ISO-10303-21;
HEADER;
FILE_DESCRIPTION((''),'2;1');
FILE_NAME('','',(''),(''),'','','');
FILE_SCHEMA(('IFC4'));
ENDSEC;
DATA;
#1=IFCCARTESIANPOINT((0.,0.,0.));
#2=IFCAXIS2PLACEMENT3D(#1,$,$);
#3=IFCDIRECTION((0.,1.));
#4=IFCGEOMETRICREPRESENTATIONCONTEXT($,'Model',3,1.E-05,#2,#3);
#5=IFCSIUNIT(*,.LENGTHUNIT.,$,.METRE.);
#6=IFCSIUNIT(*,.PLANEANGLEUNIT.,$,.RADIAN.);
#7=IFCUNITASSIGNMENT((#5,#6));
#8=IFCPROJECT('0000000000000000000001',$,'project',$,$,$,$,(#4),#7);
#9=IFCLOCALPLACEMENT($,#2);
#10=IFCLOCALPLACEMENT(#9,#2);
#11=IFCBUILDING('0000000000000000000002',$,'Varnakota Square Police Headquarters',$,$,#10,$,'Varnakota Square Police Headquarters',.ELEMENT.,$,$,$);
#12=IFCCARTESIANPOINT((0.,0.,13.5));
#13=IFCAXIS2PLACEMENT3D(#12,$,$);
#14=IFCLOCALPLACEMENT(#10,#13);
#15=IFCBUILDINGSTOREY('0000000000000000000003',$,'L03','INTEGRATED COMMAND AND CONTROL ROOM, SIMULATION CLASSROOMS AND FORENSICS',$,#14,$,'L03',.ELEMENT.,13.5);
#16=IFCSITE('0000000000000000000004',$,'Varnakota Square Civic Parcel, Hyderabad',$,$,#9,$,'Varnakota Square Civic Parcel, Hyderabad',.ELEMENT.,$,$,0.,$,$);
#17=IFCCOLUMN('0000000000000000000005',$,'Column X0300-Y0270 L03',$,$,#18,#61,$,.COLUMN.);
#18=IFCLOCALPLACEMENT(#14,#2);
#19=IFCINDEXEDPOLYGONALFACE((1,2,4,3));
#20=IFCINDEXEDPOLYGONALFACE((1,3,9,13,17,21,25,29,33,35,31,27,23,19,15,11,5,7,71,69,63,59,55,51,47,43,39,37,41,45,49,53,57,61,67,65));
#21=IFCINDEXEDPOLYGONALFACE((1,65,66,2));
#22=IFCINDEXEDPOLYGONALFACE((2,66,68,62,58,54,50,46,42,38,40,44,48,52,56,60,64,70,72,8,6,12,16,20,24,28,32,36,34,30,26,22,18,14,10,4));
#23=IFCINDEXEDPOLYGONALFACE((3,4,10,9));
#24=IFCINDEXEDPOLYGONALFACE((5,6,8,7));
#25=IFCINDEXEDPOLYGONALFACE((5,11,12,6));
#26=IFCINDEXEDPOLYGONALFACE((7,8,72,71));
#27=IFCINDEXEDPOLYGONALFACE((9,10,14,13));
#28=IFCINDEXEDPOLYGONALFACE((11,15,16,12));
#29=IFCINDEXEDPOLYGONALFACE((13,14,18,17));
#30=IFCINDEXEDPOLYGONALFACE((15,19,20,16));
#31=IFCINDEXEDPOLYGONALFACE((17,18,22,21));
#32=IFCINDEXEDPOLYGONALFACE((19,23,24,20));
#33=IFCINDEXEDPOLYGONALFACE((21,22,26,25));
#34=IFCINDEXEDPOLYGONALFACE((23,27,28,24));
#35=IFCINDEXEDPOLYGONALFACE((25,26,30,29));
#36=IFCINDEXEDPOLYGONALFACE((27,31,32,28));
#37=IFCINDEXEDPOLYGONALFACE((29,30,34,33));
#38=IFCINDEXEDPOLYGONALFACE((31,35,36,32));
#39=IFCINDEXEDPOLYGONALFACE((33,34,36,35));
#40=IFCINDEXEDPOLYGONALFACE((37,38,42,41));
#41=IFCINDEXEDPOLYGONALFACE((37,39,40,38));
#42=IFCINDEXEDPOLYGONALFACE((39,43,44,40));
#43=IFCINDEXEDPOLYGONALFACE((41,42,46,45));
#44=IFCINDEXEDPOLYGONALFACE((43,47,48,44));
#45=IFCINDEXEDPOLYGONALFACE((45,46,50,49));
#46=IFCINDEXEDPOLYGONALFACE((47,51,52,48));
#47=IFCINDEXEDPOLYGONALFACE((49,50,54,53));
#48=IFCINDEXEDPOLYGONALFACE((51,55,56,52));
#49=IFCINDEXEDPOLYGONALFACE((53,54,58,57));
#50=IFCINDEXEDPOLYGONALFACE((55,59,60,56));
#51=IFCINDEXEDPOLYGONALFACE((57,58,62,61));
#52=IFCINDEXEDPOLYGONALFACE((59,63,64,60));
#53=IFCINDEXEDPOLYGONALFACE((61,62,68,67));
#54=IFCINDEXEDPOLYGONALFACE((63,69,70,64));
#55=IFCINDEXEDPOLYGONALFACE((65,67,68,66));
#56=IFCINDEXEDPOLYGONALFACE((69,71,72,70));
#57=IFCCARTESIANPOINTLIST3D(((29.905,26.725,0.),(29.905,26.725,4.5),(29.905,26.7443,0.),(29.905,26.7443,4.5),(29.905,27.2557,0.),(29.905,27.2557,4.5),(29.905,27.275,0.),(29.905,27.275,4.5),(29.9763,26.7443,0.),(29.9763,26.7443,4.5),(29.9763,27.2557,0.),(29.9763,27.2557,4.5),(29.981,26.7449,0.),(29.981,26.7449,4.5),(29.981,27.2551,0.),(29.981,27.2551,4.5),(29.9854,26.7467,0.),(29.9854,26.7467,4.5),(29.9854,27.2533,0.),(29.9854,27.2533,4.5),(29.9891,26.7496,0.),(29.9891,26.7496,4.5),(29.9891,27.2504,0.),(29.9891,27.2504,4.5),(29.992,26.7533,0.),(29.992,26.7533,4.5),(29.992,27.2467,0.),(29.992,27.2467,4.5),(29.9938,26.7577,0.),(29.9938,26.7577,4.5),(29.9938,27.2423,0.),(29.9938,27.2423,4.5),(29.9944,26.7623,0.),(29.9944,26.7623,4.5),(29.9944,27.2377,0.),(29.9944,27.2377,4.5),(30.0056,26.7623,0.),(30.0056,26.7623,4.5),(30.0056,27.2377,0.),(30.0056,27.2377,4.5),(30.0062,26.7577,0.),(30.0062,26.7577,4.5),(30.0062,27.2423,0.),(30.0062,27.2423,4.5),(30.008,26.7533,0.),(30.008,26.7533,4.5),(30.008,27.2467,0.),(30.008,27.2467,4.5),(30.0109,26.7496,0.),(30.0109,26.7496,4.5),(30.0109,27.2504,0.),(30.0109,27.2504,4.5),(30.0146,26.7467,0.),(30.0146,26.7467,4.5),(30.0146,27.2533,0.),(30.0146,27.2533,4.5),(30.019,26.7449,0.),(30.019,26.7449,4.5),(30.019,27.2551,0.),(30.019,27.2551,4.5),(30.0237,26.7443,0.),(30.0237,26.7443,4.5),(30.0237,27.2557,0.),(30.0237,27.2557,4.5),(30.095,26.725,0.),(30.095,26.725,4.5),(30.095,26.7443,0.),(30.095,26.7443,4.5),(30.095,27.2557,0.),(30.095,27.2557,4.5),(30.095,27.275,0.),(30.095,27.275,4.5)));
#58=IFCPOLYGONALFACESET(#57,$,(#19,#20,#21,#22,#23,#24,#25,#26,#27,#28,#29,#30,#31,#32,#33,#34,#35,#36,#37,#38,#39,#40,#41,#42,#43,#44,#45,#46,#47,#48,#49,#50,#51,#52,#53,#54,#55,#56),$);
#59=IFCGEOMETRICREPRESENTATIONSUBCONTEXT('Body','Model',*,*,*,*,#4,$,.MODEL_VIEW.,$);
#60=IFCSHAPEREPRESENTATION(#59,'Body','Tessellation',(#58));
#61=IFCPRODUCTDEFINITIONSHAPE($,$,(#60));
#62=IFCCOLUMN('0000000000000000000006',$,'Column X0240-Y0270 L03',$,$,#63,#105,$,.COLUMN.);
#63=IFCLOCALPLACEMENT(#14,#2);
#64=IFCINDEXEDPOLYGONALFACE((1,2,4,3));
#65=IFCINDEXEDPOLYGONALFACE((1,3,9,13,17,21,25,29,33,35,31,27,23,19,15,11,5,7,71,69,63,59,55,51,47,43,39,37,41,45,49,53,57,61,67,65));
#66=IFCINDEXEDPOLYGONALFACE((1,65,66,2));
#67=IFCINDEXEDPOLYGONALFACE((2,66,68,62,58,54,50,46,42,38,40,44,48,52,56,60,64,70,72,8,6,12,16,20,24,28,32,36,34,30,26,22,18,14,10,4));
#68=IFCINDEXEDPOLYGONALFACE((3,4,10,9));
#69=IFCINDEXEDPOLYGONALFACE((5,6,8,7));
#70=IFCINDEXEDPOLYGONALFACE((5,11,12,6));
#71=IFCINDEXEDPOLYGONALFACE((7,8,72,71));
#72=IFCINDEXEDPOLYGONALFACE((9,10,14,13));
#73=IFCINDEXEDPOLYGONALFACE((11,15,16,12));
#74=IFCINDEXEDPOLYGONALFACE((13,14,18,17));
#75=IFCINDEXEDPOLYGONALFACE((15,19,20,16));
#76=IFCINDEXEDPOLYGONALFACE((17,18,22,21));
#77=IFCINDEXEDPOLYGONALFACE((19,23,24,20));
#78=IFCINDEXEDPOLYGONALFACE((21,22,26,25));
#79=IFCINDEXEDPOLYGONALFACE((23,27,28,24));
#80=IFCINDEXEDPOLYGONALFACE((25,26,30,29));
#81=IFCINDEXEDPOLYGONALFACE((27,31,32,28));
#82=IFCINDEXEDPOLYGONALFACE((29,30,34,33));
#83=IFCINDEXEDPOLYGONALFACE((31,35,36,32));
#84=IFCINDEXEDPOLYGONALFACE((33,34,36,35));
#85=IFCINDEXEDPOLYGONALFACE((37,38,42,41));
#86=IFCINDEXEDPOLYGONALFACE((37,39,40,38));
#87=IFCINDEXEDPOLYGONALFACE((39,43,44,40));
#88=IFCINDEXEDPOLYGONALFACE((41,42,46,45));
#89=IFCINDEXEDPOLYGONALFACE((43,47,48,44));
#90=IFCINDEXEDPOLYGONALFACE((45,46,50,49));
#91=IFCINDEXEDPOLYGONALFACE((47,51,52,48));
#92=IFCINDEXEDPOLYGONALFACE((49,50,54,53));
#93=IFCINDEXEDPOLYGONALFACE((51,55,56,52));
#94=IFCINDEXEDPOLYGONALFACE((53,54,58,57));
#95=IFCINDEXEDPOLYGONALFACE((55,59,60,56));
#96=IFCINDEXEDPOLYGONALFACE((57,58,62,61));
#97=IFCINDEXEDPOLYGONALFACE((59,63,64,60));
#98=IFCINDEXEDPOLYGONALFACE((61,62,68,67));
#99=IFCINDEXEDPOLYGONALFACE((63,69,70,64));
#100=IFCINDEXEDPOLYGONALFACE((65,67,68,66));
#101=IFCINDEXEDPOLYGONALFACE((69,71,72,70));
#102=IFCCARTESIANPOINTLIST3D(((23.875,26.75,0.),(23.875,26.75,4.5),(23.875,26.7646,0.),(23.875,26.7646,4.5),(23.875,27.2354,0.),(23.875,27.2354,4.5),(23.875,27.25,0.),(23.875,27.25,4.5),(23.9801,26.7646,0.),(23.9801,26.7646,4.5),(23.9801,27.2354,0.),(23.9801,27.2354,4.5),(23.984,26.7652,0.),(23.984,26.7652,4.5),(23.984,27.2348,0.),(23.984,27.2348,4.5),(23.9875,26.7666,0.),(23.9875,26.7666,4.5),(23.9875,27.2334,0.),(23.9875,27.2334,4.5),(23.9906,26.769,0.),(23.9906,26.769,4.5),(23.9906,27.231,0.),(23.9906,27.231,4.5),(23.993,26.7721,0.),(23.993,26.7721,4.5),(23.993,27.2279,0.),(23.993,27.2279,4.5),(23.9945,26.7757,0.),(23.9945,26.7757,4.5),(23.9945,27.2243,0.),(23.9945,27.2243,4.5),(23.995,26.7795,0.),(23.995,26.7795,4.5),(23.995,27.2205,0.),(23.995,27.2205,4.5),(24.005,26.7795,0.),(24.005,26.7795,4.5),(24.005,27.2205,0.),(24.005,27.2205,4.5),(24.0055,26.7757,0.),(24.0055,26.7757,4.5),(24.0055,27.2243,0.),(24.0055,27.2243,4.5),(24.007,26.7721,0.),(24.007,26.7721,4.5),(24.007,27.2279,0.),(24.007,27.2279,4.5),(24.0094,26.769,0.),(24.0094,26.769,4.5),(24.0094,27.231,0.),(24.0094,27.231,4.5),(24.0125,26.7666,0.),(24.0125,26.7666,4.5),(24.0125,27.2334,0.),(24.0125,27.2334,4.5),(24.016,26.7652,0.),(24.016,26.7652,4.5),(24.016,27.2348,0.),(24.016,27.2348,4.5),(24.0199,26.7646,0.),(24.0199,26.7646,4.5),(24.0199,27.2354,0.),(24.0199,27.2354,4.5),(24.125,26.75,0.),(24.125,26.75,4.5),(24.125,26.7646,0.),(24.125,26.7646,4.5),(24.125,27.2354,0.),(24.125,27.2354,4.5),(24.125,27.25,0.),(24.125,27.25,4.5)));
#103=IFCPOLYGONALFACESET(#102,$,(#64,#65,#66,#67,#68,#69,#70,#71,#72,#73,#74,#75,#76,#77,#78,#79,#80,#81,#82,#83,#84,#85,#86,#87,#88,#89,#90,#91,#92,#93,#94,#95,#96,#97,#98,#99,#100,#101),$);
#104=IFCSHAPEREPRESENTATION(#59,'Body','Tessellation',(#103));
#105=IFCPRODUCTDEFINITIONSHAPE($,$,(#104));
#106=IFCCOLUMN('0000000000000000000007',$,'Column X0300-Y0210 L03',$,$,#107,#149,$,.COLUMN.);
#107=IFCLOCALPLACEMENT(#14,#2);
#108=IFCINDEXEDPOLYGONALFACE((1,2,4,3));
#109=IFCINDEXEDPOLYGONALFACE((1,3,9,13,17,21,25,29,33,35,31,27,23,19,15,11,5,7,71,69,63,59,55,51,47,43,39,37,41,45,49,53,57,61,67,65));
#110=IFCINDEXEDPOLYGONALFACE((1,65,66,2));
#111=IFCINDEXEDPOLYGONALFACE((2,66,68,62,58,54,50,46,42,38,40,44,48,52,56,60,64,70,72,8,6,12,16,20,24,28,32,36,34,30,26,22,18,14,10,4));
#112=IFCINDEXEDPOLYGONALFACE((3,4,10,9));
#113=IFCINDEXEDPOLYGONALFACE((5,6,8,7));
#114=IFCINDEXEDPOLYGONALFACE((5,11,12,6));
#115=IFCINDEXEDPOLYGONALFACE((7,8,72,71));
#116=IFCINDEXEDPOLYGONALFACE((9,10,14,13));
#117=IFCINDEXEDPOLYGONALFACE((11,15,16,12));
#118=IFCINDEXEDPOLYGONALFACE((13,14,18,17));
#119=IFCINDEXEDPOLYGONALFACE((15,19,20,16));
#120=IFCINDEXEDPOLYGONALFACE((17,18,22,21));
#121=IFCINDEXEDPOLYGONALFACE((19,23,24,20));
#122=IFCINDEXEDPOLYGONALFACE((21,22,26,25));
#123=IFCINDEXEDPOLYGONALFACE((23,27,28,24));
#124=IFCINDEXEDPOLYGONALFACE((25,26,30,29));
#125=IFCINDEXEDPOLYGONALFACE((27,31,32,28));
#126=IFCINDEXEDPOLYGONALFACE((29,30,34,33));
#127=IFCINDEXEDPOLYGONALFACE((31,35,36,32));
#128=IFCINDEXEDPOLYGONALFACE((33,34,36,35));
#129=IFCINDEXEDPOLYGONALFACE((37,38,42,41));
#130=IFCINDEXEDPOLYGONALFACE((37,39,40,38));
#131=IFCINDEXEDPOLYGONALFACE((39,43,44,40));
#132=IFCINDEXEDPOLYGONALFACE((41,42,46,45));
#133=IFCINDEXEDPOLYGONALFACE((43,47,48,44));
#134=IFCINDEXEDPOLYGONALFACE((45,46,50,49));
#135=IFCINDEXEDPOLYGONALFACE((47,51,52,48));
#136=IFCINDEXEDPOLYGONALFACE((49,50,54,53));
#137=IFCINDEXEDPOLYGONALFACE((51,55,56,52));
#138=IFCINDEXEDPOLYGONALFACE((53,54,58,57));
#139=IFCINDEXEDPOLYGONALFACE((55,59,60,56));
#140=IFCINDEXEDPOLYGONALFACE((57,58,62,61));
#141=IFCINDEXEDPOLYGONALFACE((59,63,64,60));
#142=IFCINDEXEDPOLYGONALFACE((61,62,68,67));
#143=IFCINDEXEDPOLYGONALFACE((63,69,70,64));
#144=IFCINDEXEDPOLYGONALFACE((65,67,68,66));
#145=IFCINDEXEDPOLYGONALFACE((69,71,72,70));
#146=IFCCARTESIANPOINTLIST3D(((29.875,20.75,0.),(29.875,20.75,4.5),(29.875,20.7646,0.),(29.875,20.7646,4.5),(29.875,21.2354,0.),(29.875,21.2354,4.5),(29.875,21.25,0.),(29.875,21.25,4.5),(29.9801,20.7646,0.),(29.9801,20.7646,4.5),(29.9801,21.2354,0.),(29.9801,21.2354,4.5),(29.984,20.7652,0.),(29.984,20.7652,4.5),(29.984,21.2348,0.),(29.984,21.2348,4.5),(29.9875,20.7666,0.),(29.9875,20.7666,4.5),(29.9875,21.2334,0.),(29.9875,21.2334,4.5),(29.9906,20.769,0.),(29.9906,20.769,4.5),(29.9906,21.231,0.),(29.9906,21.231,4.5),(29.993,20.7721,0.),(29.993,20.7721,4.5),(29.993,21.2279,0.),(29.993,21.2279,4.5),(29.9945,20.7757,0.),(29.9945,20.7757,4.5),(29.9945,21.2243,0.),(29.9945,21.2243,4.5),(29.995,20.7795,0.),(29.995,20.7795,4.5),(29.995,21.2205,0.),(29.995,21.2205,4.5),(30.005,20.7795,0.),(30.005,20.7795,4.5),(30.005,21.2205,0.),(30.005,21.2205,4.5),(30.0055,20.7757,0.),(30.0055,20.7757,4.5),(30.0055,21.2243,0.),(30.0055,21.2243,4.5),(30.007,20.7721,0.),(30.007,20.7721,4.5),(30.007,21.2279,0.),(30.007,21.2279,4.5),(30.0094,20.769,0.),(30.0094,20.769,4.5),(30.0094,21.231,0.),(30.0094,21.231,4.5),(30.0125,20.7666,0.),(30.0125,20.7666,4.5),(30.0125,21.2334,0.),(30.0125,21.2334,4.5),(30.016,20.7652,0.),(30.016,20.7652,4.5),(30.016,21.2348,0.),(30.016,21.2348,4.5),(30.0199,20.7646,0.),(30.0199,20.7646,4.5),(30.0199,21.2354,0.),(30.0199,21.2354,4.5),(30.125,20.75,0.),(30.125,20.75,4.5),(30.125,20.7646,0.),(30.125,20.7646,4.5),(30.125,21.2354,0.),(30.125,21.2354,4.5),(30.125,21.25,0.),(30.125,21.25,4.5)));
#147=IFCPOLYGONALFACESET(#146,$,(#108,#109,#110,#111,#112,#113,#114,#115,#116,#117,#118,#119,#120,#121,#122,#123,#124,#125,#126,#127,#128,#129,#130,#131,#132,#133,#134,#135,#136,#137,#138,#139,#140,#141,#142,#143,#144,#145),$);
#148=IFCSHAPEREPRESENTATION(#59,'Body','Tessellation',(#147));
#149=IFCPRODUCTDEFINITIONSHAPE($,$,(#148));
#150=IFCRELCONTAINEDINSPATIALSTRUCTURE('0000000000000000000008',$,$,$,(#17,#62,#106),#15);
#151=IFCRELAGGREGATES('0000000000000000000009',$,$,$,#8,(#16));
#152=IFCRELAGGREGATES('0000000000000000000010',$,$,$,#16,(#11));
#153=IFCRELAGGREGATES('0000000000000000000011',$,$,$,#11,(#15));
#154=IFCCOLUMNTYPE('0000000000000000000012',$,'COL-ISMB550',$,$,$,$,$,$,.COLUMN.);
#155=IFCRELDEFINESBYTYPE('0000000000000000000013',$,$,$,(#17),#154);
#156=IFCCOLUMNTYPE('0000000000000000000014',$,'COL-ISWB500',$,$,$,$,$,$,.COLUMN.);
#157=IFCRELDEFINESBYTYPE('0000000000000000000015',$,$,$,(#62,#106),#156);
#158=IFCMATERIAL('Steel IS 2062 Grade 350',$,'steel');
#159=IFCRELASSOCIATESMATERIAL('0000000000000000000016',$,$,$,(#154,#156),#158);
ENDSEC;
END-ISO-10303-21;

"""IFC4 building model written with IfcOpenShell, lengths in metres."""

from ifc_helpers import new_model, si_unit, direction, frame, origin, origin_2d, place, context, subcontext, project, spatial, i_section, extrude, material, material_profile, profile_set, type_object, element, save


model = new_model("IFC4")

# Units and contexts
model_context = context("Model", 3, precision=1e-05, world=origin(), true_north=direction((0.0, 1.0)))
body_context = subcontext(model_context, "Body", "Model", "MODEL_VIEW")
ifc_project = project(units=[si_unit("LENGTHUNIT", "METRE"), si_unit("PLANEANGLEUNIT", "RADIAN")], contexts=[model_context])

# Site, building, storey
site_placement = place(None, origin())
site = spatial("IfcSite", under=ifc_project, at=site_placement, Name="Varnakota Square Civic Parcel, Hyderabad", LongName="Varnakota Square Civic Parcel, Hyderabad", CompositionType="ELEMENT", RefElevation=0.0)
building_placement = place(site_placement, origin())
building = spatial("IfcBuilding", under=site, at=building_placement, Name="Varnakota Square Police Headquarters", LongName="Varnakota Square Police Headquarters", CompositionType="ELEMENT")
storey_placement = place(building_placement, frame((0.0, 0.0, 13.5)))
storey = spatial("IfcBuildingStorey", under=building, at=storey_placement, Name="L03", Description="INTEGRATED COMMAND AND CONTROL ROOM, SIMULATION CLASSROOMS AND FORENSICS", LongName="L03", CompositionType="ELEMENT", Elevation=13.5)

# Columns
ifc_material_1 = material(Name="Steel IS 2062 Grade 350", Category="steel")
ifc_material_profile_1 = material_profile(ifc_material_1, i_section(OverallWidth=0.1899, OverallDepth=0.55, WebThickness=0.0112, FlangeThickness=0.0193, FilletRadius=0.0181, at=origin_2d()), Name="ISMB 550")
ifc_profile_set_1 = profile_set([ifc_material_profile_1], Name="Steel IS 2062 Grade 350")
column_type_1 = type_object("IfcColumnType", Name="COL-ISMB550", PredefinedType="COLUMN", material=ifc_profile_set_1)
for number, where, z_axis, x_axis, name in (
    (1, (30.0, 27.0, 0.0), (0.0, 0.0, 1.0), (1.0, 0.0, 0.0), "Column X0300-Y0270 L03"),
):
    element("IfcColumn", number, at=place(storey_placement, frame(where, z_axis=z_axis, x_axis=x_axis)), inside=storey, type_object=column_type_1, Name=name, PredefinedType="COLUMN", context=body_context, shape_type="SweptSolid", body=[
        extrude(i_section(OverallWidth=0.1899, OverallDepth=0.55, WebThickness=0.0112, FlangeThickness=0.0193, FilletRadius=0.0181, at=origin_2d()), origin(), (0.0, 0.0, 1.0), 4.5),
    ])
ifc_material_profile_2 = material_profile(ifc_material_1, i_section(OverallWidth=0.25, OverallDepth=0.5, WebThickness=0.01, FlangeThickness=0.0146, FilletRadius=0.0149, at=origin_2d()), Name="ISWB 500")
ifc_profile_set_2 = profile_set([ifc_material_profile_2], Name="Steel IS 2062 Grade 350")
column_type_2 = type_object("IfcColumnType", Name="COL-ISWB500", PredefinedType="COLUMN", material=ifc_profile_set_2)
for number, where, z_axis, x_axis, name in (
    (2, (24.0, 27.0, 0.0), (0.0, 0.0, 1.0), (1.0, 0.0, 0.0), "Column X0240-Y0270 L03"),
    (3, (30.0, 21.0, 0.0), (0.0, 0.0, 1.0), (1.0, 0.0, 0.0), "Column X0300-Y0210 L03"),
):
    element("IfcColumn", number, at=place(storey_placement, frame(where, z_axis=z_axis, x_axis=x_axis)), inside=storey, type_object=column_type_2, Name=name, PredefinedType="COLUMN", context=body_context, shape_type="SweptSolid", body=[
        extrude(i_section(OverallWidth=0.25, OverallDepth=0.5, WebThickness=0.01, FlangeThickness=0.0146, FilletRadius=0.0149, at=origin_2d()), origin(), (0.0, 0.0, 1.0), 4.5),
    ])

save(model, "model.ifc")
